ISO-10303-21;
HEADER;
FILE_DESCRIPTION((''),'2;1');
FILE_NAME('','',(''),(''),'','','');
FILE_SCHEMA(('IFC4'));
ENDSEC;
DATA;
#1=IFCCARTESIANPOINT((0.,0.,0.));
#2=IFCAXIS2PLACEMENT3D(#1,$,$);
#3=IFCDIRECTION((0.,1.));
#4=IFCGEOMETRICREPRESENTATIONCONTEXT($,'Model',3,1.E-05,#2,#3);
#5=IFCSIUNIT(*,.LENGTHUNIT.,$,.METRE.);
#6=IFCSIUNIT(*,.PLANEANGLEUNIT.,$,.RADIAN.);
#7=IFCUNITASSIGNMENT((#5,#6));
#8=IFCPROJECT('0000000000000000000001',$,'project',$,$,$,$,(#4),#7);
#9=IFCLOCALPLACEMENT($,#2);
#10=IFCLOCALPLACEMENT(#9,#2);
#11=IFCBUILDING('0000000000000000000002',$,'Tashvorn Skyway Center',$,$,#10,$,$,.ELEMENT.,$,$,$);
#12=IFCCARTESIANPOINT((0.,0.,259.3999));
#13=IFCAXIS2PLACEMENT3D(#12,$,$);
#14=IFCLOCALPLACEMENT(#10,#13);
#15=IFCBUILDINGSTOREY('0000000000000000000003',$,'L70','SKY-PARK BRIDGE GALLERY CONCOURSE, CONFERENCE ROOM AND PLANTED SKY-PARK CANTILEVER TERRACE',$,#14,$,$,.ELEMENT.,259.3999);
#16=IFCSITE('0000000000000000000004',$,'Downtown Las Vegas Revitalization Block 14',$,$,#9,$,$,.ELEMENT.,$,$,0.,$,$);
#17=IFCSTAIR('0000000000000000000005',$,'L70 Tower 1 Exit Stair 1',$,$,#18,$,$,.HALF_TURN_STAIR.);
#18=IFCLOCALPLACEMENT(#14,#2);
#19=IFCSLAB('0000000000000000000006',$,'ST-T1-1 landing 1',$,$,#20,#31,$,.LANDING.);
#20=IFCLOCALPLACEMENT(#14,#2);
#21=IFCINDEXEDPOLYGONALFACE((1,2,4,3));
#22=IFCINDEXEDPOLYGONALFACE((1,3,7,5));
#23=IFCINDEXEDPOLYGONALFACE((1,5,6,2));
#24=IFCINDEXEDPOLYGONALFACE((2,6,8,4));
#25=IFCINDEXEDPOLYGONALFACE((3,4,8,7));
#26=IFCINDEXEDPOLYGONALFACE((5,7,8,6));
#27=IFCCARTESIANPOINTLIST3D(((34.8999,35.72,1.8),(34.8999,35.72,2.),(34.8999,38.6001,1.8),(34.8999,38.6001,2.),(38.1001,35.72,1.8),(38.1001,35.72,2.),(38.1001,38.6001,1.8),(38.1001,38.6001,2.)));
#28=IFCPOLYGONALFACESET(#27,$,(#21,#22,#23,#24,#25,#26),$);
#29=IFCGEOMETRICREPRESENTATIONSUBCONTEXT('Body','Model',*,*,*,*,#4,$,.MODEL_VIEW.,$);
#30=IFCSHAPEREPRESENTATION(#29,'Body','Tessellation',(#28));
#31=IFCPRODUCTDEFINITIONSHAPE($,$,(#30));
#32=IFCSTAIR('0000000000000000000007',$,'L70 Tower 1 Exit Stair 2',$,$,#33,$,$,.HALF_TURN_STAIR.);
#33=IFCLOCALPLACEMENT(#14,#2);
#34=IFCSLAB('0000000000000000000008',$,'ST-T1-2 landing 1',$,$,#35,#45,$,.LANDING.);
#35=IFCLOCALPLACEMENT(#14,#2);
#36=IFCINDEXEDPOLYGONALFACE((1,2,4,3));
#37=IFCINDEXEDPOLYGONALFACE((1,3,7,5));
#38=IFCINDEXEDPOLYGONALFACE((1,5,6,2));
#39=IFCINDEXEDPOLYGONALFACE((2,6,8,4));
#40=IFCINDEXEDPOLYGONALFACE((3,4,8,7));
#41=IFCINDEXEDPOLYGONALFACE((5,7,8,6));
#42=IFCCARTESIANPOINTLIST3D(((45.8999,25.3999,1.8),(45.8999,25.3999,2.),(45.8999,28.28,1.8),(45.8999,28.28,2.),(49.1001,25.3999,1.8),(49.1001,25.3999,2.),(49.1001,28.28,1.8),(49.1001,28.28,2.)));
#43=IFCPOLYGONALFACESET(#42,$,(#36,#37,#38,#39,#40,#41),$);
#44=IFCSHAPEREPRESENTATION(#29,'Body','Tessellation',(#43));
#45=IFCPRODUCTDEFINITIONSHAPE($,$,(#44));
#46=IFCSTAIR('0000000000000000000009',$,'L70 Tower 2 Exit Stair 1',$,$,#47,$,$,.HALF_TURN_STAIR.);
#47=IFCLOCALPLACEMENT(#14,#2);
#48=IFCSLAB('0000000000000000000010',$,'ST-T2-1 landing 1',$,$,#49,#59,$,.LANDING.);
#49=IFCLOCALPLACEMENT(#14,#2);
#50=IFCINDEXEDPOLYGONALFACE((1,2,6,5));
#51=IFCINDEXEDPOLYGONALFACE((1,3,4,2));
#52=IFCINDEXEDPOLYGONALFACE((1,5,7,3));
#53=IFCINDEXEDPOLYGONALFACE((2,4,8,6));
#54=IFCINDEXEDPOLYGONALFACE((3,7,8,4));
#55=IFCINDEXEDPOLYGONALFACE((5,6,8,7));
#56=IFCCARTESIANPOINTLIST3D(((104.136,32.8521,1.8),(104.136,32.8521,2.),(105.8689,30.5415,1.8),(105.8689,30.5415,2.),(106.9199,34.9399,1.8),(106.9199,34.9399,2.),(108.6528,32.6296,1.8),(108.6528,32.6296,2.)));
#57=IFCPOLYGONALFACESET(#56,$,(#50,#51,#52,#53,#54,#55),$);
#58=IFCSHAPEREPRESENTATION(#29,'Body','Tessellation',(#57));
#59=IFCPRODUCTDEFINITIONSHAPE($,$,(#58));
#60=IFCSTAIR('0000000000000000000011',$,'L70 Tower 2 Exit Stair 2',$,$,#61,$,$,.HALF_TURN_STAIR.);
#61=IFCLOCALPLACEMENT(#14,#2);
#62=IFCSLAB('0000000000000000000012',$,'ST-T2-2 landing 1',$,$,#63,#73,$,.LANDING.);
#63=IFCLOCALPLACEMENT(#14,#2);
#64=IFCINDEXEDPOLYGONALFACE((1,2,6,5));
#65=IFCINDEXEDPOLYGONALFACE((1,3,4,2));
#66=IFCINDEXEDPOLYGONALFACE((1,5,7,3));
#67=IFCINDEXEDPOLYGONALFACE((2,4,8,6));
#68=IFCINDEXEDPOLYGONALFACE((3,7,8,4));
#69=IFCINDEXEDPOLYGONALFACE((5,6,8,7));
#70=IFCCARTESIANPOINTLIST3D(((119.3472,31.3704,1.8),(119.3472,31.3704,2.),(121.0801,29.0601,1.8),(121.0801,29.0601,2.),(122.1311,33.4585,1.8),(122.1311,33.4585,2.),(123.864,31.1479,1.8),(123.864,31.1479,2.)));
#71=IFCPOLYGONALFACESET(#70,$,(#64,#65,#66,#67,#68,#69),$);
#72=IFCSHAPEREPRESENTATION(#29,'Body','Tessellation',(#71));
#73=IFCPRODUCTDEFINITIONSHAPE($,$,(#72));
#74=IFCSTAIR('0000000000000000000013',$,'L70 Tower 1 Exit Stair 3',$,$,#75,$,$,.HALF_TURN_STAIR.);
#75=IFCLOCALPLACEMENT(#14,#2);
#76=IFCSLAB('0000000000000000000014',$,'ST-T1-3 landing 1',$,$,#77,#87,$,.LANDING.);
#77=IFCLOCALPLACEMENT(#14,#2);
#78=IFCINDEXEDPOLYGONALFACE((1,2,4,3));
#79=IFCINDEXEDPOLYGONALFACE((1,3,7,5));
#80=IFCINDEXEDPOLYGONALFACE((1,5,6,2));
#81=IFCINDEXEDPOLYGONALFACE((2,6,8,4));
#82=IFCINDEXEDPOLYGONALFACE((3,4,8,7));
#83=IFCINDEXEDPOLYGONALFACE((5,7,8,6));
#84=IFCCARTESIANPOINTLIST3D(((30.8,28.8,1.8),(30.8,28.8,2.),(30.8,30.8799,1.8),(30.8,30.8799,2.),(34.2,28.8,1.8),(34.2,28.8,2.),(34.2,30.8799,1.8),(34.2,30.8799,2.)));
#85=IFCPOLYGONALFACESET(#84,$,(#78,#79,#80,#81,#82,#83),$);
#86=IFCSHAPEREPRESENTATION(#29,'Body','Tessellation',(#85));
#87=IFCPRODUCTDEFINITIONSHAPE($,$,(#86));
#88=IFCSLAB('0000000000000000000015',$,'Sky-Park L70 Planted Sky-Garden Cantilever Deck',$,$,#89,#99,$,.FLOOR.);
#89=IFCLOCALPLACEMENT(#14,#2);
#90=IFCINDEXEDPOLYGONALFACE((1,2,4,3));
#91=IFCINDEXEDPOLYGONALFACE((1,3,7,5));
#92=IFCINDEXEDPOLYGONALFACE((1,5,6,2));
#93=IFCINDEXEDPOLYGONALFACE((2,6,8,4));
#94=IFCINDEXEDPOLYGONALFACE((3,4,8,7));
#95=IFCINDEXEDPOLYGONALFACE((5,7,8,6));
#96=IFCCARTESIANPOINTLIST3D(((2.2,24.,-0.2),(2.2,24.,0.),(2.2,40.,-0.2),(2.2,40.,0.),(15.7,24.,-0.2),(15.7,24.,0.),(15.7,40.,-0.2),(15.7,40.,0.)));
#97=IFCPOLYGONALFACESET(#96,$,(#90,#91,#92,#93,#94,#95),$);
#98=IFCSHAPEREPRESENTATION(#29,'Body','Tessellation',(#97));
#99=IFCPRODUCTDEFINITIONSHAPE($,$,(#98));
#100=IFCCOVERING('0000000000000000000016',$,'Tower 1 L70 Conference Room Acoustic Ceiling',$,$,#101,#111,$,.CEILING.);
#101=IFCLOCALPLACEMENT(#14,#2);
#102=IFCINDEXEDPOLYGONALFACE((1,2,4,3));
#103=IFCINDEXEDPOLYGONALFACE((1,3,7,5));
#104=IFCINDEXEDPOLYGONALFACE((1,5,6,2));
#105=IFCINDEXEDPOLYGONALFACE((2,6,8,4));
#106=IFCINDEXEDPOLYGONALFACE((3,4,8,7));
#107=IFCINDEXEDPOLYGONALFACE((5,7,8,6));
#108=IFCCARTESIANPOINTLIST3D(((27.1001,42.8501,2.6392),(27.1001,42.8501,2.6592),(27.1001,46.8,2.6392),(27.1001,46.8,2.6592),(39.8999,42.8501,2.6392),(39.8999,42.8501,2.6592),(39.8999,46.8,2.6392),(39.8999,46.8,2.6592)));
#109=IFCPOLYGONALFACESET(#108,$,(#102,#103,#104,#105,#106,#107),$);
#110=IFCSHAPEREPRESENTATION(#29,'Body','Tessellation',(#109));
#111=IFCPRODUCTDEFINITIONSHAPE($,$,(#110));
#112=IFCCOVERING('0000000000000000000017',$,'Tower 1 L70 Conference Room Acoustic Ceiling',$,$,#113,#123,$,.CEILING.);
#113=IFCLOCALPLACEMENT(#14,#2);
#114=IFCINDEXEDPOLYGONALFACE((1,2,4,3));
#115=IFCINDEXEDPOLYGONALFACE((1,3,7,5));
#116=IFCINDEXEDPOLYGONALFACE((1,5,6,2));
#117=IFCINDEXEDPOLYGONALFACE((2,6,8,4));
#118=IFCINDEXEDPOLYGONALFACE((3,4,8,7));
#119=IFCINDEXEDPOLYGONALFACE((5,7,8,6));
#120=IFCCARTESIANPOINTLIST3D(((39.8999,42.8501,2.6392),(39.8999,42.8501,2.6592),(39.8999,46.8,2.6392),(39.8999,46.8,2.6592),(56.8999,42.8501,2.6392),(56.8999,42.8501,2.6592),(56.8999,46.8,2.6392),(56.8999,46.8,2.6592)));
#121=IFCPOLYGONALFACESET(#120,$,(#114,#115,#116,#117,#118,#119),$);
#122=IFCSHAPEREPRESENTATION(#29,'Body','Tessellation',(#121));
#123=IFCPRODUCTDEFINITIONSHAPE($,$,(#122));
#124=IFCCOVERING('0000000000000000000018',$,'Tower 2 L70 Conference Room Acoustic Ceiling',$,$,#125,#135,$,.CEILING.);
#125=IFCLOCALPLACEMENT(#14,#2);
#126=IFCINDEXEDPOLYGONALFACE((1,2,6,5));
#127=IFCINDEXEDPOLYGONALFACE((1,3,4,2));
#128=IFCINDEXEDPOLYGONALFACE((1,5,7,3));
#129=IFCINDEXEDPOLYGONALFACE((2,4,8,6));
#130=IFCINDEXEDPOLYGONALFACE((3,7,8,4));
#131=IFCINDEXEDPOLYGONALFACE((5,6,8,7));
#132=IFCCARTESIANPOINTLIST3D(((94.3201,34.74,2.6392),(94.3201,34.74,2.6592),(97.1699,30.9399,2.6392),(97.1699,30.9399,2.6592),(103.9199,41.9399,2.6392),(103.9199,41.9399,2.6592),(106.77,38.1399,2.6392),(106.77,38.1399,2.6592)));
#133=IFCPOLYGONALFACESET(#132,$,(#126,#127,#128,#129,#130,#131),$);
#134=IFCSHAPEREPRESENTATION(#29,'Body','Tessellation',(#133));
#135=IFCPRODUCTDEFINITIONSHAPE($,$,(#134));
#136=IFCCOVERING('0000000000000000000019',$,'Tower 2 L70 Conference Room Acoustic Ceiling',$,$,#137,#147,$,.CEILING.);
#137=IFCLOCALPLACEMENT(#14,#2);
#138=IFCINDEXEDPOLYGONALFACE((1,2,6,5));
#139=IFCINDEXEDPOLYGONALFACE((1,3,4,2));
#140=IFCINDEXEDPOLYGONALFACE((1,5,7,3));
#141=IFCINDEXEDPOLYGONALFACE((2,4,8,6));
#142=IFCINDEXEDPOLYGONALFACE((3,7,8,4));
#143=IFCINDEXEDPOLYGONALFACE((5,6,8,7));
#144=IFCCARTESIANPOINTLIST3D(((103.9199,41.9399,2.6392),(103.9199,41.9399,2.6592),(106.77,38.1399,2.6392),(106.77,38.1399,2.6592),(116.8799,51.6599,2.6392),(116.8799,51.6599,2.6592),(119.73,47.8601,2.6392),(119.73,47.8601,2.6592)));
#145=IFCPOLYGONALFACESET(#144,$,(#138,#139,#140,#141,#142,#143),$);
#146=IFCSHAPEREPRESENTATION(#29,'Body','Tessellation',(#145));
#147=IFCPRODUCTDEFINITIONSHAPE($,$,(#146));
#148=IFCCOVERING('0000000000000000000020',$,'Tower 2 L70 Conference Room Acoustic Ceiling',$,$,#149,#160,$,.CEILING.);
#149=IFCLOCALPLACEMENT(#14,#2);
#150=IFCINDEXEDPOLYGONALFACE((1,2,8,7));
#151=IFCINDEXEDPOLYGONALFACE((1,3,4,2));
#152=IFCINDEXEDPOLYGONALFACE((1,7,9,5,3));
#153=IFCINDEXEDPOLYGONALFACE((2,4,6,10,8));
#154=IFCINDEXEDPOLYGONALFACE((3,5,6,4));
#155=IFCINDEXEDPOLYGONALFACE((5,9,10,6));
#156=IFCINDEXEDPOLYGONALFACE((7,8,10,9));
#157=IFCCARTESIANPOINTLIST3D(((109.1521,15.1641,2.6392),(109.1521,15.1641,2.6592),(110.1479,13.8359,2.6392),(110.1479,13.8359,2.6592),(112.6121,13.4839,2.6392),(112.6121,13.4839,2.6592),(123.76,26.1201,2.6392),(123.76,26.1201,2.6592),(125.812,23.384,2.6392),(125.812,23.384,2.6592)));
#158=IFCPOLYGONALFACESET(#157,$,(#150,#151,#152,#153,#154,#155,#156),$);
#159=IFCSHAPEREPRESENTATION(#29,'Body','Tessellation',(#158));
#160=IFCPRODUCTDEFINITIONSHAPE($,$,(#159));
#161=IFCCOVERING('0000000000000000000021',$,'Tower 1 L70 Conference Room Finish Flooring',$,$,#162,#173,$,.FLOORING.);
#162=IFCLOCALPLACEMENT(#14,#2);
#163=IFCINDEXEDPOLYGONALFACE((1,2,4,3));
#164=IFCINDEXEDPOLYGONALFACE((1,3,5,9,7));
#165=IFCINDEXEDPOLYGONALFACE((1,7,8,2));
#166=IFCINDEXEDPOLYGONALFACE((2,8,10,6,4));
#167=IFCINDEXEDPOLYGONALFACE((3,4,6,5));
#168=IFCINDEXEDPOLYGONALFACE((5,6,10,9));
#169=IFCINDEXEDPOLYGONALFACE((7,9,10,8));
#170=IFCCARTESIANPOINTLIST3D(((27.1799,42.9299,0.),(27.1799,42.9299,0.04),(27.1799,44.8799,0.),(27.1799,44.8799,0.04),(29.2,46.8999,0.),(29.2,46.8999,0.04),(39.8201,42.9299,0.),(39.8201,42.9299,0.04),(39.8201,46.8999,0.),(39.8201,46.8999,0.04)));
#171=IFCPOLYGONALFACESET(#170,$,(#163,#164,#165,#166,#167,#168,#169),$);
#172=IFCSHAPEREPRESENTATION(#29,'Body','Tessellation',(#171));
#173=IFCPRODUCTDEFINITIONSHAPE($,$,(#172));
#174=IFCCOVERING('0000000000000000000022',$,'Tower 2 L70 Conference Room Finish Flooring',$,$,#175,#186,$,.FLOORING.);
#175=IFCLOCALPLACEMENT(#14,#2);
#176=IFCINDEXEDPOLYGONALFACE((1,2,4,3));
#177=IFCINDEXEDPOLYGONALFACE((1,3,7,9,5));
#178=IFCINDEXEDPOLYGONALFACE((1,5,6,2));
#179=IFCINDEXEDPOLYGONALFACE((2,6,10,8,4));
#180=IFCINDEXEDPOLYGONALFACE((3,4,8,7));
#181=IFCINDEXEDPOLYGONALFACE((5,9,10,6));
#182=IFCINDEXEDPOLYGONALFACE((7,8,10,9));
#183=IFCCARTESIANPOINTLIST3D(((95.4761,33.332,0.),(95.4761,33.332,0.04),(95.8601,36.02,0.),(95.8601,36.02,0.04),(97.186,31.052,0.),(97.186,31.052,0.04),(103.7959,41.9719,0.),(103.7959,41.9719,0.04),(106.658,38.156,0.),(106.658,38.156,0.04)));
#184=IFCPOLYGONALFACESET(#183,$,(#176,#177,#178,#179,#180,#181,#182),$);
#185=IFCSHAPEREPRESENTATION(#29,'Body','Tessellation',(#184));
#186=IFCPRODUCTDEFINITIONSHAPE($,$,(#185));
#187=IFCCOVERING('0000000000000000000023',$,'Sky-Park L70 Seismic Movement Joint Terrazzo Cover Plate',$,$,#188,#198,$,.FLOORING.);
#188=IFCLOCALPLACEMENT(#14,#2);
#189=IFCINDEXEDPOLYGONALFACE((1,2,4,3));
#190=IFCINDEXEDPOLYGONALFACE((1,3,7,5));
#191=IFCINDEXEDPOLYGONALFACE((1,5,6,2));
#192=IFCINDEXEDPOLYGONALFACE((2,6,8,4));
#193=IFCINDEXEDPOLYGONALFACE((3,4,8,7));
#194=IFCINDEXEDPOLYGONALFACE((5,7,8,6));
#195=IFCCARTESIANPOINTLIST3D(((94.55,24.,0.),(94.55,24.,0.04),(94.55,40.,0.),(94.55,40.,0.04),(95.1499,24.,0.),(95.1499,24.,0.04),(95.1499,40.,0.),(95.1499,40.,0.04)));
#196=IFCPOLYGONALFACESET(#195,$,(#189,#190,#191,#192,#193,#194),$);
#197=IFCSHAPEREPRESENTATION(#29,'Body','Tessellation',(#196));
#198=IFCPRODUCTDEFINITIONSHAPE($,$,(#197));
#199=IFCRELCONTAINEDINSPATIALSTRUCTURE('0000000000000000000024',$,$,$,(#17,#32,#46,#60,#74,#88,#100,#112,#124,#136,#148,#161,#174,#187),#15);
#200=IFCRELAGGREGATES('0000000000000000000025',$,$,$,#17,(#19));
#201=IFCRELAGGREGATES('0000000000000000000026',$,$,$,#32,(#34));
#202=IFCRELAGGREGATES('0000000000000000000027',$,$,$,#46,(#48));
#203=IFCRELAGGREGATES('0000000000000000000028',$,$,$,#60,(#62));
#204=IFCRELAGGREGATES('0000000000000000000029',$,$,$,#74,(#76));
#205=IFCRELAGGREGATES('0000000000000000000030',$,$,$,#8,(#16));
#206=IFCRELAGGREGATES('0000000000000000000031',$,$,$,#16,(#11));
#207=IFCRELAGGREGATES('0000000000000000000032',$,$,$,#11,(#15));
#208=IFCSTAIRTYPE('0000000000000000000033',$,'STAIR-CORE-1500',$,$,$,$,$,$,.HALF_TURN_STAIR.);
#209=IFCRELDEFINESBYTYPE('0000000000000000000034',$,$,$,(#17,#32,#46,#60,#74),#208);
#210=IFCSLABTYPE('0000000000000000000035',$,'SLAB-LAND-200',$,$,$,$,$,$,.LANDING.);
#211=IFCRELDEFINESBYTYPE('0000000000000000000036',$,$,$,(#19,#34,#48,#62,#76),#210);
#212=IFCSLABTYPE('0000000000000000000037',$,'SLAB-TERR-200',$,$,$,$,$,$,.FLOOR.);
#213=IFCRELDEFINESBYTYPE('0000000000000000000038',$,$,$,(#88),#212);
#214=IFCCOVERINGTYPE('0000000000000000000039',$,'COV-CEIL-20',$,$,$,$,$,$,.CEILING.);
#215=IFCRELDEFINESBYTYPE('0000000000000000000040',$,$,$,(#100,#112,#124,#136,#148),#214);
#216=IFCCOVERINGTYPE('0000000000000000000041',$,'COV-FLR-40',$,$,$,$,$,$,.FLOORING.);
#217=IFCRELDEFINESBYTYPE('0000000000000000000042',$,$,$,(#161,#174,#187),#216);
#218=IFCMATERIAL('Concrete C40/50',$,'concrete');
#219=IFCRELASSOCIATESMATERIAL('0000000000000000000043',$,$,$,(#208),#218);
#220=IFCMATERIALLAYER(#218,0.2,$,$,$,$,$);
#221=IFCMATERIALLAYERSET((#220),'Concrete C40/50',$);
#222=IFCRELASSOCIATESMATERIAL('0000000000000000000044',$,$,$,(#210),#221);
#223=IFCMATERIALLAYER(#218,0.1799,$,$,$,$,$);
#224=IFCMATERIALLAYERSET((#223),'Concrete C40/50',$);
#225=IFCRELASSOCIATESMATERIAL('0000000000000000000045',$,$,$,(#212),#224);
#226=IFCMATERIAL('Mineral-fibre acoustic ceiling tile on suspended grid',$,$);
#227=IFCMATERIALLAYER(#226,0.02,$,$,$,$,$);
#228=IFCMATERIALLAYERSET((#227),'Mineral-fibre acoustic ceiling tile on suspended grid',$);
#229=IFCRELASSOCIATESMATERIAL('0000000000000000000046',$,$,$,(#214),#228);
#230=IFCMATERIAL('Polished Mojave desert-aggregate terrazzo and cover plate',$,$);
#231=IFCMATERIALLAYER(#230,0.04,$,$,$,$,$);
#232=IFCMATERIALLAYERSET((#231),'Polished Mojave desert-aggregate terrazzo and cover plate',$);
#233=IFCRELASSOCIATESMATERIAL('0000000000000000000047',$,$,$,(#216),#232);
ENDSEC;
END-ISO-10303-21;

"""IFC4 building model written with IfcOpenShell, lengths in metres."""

from ifc_helpers import new_model, si_unit, direction, frame, origin, place, context, subcontext, project, spatial, polyline, outline, extrude, material, layer, layer_set, type_object, element, aggregate, save


model = new_model("IFC4")

# Units and contexts
model_context = context("Model", 3, precision=1e-05, world=origin(), true_north=direction((0.0, 1.0)))
body_context = subcontext(model_context, "Body", "Model", "MODEL_VIEW")
ifc_project = project(units=[si_unit("LENGTHUNIT", "METRE"), si_unit("PLANEANGLEUNIT", "RADIAN")], contexts=[model_context])

# Site, building, storey
site_placement = place(None, origin())
site = spatial("IfcSite", under=ifc_project, at=site_placement, Name="Downtown Las Vegas Revitalization Block 14", CompositionType="ELEMENT", RefElevation=0.0)
building_placement = place(site_placement, origin())
building = spatial("IfcBuilding", under=site, at=building_placement, Name="Tashvorn Skyway Center", CompositionType="ELEMENT")
storey_placement = place(building_placement, frame((0.0, 0.0, 259.3999)))
storey = spatial("IfcBuildingStorey", under=building, at=storey_placement, Name="L70", Description="SKY-PARK BRIDGE GALLERY CONCOURSE, CONFERENCE ROOM AND PLANTED SKY-PARK CANTILEVER TERRACE", CompositionType="ELEMENT", Elevation=259.3999)

# Shared definitions
ifc_material_1 = material(Name="Concrete C40/50", Category="concrete")

# Stairs, slabs
stair_type = type_object("IfcStairType", Name="STAIR-CORE-1500", PredefinedType="HALF_TURN_STAIR", material=ifc_material_1)
stair_1_placement = place(storey_placement, origin())
stair_1 = element("IfcStair", 1, at=stair_1_placement, inside=storey, type_object=stair_type, Name="L70 Tower 1 Exit Stair 1", PredefinedType="HALF_TURN_STAIR")
ifc_layer_1 = layer(ifc_material_1, 0.2)
ifc_layer_set_1 = layer_set([ifc_layer_1], Name="Concrete C40/50")
slab_type_1 = type_object("IfcSlabType", Name="SLAB-LAND-200", PredefinedType="LANDING", material=ifc_layer_set_1)
slab_1_placement = place(storey_placement, frame((0.0, 0.0, 1.8)))
slab_1 = element("IfcSlab", 2, at=slab_1_placement, type_object=slab_type_1, Name="ST-T1-1 landing 1", PredefinedType="LANDING", context=body_context, shape_type="SweptSolid", body=[
    extrude(outline(polyline([(38.1001, 35.72), (38.1001, 38.6001), (34.8999, 38.6001), (34.8999, 35.72), (38.1001, 35.72)])), origin(), (0.0, 0.0, 1.0), 0.2),
])
aggregate(stair_1, [slab_1])
stair_2_placement = place(storey_placement, origin())
stair_2 = element("IfcStair", 3, at=stair_2_placement, inside=storey, type_object=stair_type, Name="L70 Tower 1 Exit Stair 2", PredefinedType="HALF_TURN_STAIR")
slab_2_placement = place(storey_placement, frame((0.0, 0.0, 1.8)))
slab_2 = element("IfcSlab", 4, at=slab_2_placement, type_object=slab_type_1, Name="ST-T1-2 landing 1", PredefinedType="LANDING", context=body_context, shape_type="SweptSolid", body=[
    extrude(outline(polyline([(45.8999, 28.28), (45.8999, 25.3999), (49.1001, 25.3999), (49.1001, 28.28), (45.8999, 28.28)])), origin(), (0.0, 0.0, 1.0), 0.2),
])
aggregate(stair_2, [slab_2])
stair_3_placement = place(storey_placement, origin())
stair_3 = element("IfcStair", 5, at=stair_3_placement, inside=storey, type_object=stair_type, Name="L70 Tower 2 Exit Stair 1", PredefinedType="HALF_TURN_STAIR")
slab_3_placement = place(storey_placement, frame((0.0, 0.0, 1.8)))
slab_3 = element("IfcSlab", 6, at=slab_3_placement, type_object=slab_type_1, Name="ST-T2-1 landing 1", PredefinedType="LANDING", context=body_context, shape_type="SweptSolid", body=[
    extrude(outline(polyline([(108.6528, 32.6296), (106.9199, 34.9399), (104.136, 32.8521), (105.8689, 30.5415), (108.6528, 32.6296)])), origin(), (0.0, 0.0, 1.0), 0.2),
])
aggregate(stair_3, [slab_3])
stair_4_placement = place(storey_placement, origin())
stair_4 = element("IfcStair", 7, at=stair_4_placement, inside=storey, type_object=stair_type, Name="L70 Tower 2 Exit Stair 2", PredefinedType="HALF_TURN_STAIR")
slab_4_placement = place(storey_placement, frame((0.0, 0.0, 1.8)))
slab_4 = element("IfcSlab", 8, at=slab_4_placement, type_object=slab_type_1, Name="ST-T2-2 landing 1", PredefinedType="LANDING", context=body_context, shape_type="SweptSolid", body=[
    extrude(outline(polyline([(119.3472, 31.3704), (121.0801, 29.0601), (123.864, 31.1479), (122.1311, 33.4585), (119.3472, 31.3704)])), origin(), (0.0, 0.0, 1.0), 0.2),
])
aggregate(stair_4, [slab_4])
stair_5_placement = place(storey_placement, origin())
stair_5 = element("IfcStair", 9, at=stair_5_placement, inside=storey, type_object=stair_type, Name="L70 Tower 1 Exit Stair 3", PredefinedType="HALF_TURN_STAIR")
slab_5_placement = place(storey_placement, frame((0.0, 0.0, 1.8)))
slab_5 = element("IfcSlab", 10, at=slab_5_placement, type_object=slab_type_1, Name="ST-T1-3 landing 1", PredefinedType="LANDING", context=body_context, shape_type="SweptSolid", body=[
    extrude(outline(polyline([(30.8, 30.8799), (30.8, 28.8), (34.2, 28.8), (34.2, 30.8799), (30.8, 30.8799)])), origin(), (0.0, 0.0, 1.0), 0.2),
])
aggregate(stair_5, [slab_5])

# Slab
ifc_layer_2 = layer(ifc_material_1, 0.1799)
ifc_layer_set_2 = layer_set([ifc_layer_2], Name="Concrete C40/50")
slab_type_2 = type_object("IfcSlabType", Name="SLAB-TERR-200", PredefinedType="FLOOR", material=ifc_layer_set_2)
slab_6_placement = place(storey_placement, frame((0.0, 0.0, -0.2)))
element("IfcSlab", 11, at=slab_6_placement, inside=storey, type_object=slab_type_2, Name="Sky-Park L70 Planted Sky-Garden Cantilever Deck", PredefinedType="FLOOR", context=body_context, shape_type="SweptSolid", body=[
    extrude(outline(polyline([(2.2, 24.0), (15.7, 24.0), (15.7, 40.0), (2.2, 40.0), (2.2, 24.0)])), origin(), (0.0, 0.0, 1.0), 0.2),
])

# Coverings
ifc_material_2 = material(Name="Mineral-fibre acoustic ceiling tile on suspended grid")
ifc_layer_3 = layer(ifc_material_2, 0.02)
ifc_layer_set_3 = layer_set([ifc_layer_3], Name="Mineral-fibre acoustic ceiling tile on suspended grid")
covering_type_1 = type_object("IfcCoveringType", Name="COV-CEIL-20", PredefinedType="CEILING", material=ifc_layer_set_3)
covering_1_placement = place(storey_placement, frame((0.0, 0.0, 2.6392)))
element("IfcCovering", 12, at=covering_1_placement, inside=storey, type_object=covering_type_1, Name="Tower 1 L70 Conference Room Acoustic Ceiling", PredefinedType="CEILING", context=body_context, shape_type="SweptSolid", body=[
    extrude(outline(polyline([(27.1001, 42.8501), (39.8999, 42.8501), (39.8999, 46.8), (27.1001, 46.8), (27.1001, 42.8501)])), origin(), (0.0, 0.0, 1.0), 0.02),
])
covering_2_placement = place(storey_placement, frame((0.0, 0.0, 2.6392)))
element("IfcCovering", 13, at=covering_2_placement, inside=storey, type_object=covering_type_1, Name="Tower 1 L70 Conference Room Acoustic Ceiling", PredefinedType="CEILING", context=body_context, shape_type="SweptSolid", body=[
    extrude(outline(polyline([(39.8999, 42.8501), (56.8999, 42.8501), (56.8999, 46.8), (39.8999, 46.8), (39.8999, 42.8501)])), origin(), (0.0, 0.0, 1.0), 0.02),
])
covering_3_placement = place(storey_placement, frame((0.0, 0.0, 2.6392)))
element("IfcCovering", 14, at=covering_3_placement, inside=storey, type_object=covering_type_1, Name="Tower 2 L70 Conference Room Acoustic Ceiling", PredefinedType="CEILING", context=body_context, shape_type="SweptSolid", body=[
    extrude(outline(polyline([(97.1699, 30.9399), (106.77, 38.1399), (103.9199, 41.9399), (94.3201, 34.74), (97.1699, 30.9399)])), origin(), (0.0, 0.0, 1.0), 0.02),
])
covering_4_placement = place(storey_placement, frame((0.0, 0.0, 2.6392)))
element("IfcCovering", 15, at=covering_4_placement, inside=storey, type_object=covering_type_1, Name="Tower 2 L70 Conference Room Acoustic Ceiling", PredefinedType="CEILING", context=body_context, shape_type="SweptSolid", body=[
    extrude(outline(polyline([(106.77, 38.1399), (119.73, 47.8601), (116.8799, 51.6599), (103.9199, 41.9399), (106.77, 38.1399)])), origin(), (0.0, 0.0, 1.0), 0.02),
])
covering_5_placement = place(storey_placement, frame((0.0, 0.0, 2.6392)))
element("IfcCovering", 16, at=covering_5_placement, inside=storey, type_object=covering_type_1, Name="Tower 2 L70 Conference Room Acoustic Ceiling", PredefinedType="CEILING", context=body_context, shape_type="SweptSolid", body=[
    extrude(outline(polyline([(109.1521, 15.1641), (123.76, 26.1201), (125.812, 23.384), (112.6121, 13.4839), (110.1479, 13.8359), (109.1521, 15.1641)])), origin(), (0.0, 0.0, 1.0), 0.02),
])
ifc_material_3 = material(Name="Polished Mojave desert-aggregate terrazzo and cover plate")
ifc_layer_4 = layer(ifc_material_3, 0.04)
ifc_layer_set_4 = layer_set([ifc_layer_4], Name="Polished Mojave desert-aggregate terrazzo and cover plate")
covering_type_2 = type_object("IfcCoveringType", Name="COV-FLR-40", PredefinedType="FLOORING", material=ifc_layer_set_4)
covering_6_placement = place(storey_placement, origin())
element("IfcCovering", 17, at=covering_6_placement, inside=storey, type_object=covering_type_2, Name="Tower 1 L70 Conference Room Finish Flooring", PredefinedType="FLOORING", context=body_context, shape_type="SweptSolid", body=[
    extrude(outline(polyline([(39.8201, 42.9299), (27.1799, 42.9299), (27.1799, 44.8799), (29.2, 46.8999), (39.8201, 46.8999), (39.8201, 42.9299)])), origin(), (0.0, 0.0, 1.0), 0.04),
])
covering_7_placement = place(storey_placement, origin())
element("IfcCovering", 18, at=covering_7_placement, inside=storey, type_object=covering_type_2, Name="Tower 2 L70 Conference Room Finish Flooring", PredefinedType="FLOORING", context=body_context, shape_type="SweptSolid", body=[
    extrude(outline(polyline([(106.658, 38.156), (97.186, 31.052), (95.4761, 33.332), (95.8601, 36.02), (103.7959, 41.9719), (106.658, 38.156)])), origin(), (0.0, 0.0, 1.0), 0.04),
])
covering_8_placement = place(storey_placement, origin())
element("IfcCovering", 19, at=covering_8_placement, inside=storey, type_object=covering_type_2, Name="Sky-Park L70 Seismic Movement Joint Terrazzo Cover Plate", PredefinedType="FLOORING", context=body_context, shape_type="SweptSolid", body=[
    extrude(outline(polyline([(94.55, 24.0), (95.1499, 24.0), (95.1499, 40.0), (94.55, 40.0), (94.55, 24.0)])), origin(), (0.0, 0.0, 1.0), 0.04),
])

save(model, "model.ifc")
